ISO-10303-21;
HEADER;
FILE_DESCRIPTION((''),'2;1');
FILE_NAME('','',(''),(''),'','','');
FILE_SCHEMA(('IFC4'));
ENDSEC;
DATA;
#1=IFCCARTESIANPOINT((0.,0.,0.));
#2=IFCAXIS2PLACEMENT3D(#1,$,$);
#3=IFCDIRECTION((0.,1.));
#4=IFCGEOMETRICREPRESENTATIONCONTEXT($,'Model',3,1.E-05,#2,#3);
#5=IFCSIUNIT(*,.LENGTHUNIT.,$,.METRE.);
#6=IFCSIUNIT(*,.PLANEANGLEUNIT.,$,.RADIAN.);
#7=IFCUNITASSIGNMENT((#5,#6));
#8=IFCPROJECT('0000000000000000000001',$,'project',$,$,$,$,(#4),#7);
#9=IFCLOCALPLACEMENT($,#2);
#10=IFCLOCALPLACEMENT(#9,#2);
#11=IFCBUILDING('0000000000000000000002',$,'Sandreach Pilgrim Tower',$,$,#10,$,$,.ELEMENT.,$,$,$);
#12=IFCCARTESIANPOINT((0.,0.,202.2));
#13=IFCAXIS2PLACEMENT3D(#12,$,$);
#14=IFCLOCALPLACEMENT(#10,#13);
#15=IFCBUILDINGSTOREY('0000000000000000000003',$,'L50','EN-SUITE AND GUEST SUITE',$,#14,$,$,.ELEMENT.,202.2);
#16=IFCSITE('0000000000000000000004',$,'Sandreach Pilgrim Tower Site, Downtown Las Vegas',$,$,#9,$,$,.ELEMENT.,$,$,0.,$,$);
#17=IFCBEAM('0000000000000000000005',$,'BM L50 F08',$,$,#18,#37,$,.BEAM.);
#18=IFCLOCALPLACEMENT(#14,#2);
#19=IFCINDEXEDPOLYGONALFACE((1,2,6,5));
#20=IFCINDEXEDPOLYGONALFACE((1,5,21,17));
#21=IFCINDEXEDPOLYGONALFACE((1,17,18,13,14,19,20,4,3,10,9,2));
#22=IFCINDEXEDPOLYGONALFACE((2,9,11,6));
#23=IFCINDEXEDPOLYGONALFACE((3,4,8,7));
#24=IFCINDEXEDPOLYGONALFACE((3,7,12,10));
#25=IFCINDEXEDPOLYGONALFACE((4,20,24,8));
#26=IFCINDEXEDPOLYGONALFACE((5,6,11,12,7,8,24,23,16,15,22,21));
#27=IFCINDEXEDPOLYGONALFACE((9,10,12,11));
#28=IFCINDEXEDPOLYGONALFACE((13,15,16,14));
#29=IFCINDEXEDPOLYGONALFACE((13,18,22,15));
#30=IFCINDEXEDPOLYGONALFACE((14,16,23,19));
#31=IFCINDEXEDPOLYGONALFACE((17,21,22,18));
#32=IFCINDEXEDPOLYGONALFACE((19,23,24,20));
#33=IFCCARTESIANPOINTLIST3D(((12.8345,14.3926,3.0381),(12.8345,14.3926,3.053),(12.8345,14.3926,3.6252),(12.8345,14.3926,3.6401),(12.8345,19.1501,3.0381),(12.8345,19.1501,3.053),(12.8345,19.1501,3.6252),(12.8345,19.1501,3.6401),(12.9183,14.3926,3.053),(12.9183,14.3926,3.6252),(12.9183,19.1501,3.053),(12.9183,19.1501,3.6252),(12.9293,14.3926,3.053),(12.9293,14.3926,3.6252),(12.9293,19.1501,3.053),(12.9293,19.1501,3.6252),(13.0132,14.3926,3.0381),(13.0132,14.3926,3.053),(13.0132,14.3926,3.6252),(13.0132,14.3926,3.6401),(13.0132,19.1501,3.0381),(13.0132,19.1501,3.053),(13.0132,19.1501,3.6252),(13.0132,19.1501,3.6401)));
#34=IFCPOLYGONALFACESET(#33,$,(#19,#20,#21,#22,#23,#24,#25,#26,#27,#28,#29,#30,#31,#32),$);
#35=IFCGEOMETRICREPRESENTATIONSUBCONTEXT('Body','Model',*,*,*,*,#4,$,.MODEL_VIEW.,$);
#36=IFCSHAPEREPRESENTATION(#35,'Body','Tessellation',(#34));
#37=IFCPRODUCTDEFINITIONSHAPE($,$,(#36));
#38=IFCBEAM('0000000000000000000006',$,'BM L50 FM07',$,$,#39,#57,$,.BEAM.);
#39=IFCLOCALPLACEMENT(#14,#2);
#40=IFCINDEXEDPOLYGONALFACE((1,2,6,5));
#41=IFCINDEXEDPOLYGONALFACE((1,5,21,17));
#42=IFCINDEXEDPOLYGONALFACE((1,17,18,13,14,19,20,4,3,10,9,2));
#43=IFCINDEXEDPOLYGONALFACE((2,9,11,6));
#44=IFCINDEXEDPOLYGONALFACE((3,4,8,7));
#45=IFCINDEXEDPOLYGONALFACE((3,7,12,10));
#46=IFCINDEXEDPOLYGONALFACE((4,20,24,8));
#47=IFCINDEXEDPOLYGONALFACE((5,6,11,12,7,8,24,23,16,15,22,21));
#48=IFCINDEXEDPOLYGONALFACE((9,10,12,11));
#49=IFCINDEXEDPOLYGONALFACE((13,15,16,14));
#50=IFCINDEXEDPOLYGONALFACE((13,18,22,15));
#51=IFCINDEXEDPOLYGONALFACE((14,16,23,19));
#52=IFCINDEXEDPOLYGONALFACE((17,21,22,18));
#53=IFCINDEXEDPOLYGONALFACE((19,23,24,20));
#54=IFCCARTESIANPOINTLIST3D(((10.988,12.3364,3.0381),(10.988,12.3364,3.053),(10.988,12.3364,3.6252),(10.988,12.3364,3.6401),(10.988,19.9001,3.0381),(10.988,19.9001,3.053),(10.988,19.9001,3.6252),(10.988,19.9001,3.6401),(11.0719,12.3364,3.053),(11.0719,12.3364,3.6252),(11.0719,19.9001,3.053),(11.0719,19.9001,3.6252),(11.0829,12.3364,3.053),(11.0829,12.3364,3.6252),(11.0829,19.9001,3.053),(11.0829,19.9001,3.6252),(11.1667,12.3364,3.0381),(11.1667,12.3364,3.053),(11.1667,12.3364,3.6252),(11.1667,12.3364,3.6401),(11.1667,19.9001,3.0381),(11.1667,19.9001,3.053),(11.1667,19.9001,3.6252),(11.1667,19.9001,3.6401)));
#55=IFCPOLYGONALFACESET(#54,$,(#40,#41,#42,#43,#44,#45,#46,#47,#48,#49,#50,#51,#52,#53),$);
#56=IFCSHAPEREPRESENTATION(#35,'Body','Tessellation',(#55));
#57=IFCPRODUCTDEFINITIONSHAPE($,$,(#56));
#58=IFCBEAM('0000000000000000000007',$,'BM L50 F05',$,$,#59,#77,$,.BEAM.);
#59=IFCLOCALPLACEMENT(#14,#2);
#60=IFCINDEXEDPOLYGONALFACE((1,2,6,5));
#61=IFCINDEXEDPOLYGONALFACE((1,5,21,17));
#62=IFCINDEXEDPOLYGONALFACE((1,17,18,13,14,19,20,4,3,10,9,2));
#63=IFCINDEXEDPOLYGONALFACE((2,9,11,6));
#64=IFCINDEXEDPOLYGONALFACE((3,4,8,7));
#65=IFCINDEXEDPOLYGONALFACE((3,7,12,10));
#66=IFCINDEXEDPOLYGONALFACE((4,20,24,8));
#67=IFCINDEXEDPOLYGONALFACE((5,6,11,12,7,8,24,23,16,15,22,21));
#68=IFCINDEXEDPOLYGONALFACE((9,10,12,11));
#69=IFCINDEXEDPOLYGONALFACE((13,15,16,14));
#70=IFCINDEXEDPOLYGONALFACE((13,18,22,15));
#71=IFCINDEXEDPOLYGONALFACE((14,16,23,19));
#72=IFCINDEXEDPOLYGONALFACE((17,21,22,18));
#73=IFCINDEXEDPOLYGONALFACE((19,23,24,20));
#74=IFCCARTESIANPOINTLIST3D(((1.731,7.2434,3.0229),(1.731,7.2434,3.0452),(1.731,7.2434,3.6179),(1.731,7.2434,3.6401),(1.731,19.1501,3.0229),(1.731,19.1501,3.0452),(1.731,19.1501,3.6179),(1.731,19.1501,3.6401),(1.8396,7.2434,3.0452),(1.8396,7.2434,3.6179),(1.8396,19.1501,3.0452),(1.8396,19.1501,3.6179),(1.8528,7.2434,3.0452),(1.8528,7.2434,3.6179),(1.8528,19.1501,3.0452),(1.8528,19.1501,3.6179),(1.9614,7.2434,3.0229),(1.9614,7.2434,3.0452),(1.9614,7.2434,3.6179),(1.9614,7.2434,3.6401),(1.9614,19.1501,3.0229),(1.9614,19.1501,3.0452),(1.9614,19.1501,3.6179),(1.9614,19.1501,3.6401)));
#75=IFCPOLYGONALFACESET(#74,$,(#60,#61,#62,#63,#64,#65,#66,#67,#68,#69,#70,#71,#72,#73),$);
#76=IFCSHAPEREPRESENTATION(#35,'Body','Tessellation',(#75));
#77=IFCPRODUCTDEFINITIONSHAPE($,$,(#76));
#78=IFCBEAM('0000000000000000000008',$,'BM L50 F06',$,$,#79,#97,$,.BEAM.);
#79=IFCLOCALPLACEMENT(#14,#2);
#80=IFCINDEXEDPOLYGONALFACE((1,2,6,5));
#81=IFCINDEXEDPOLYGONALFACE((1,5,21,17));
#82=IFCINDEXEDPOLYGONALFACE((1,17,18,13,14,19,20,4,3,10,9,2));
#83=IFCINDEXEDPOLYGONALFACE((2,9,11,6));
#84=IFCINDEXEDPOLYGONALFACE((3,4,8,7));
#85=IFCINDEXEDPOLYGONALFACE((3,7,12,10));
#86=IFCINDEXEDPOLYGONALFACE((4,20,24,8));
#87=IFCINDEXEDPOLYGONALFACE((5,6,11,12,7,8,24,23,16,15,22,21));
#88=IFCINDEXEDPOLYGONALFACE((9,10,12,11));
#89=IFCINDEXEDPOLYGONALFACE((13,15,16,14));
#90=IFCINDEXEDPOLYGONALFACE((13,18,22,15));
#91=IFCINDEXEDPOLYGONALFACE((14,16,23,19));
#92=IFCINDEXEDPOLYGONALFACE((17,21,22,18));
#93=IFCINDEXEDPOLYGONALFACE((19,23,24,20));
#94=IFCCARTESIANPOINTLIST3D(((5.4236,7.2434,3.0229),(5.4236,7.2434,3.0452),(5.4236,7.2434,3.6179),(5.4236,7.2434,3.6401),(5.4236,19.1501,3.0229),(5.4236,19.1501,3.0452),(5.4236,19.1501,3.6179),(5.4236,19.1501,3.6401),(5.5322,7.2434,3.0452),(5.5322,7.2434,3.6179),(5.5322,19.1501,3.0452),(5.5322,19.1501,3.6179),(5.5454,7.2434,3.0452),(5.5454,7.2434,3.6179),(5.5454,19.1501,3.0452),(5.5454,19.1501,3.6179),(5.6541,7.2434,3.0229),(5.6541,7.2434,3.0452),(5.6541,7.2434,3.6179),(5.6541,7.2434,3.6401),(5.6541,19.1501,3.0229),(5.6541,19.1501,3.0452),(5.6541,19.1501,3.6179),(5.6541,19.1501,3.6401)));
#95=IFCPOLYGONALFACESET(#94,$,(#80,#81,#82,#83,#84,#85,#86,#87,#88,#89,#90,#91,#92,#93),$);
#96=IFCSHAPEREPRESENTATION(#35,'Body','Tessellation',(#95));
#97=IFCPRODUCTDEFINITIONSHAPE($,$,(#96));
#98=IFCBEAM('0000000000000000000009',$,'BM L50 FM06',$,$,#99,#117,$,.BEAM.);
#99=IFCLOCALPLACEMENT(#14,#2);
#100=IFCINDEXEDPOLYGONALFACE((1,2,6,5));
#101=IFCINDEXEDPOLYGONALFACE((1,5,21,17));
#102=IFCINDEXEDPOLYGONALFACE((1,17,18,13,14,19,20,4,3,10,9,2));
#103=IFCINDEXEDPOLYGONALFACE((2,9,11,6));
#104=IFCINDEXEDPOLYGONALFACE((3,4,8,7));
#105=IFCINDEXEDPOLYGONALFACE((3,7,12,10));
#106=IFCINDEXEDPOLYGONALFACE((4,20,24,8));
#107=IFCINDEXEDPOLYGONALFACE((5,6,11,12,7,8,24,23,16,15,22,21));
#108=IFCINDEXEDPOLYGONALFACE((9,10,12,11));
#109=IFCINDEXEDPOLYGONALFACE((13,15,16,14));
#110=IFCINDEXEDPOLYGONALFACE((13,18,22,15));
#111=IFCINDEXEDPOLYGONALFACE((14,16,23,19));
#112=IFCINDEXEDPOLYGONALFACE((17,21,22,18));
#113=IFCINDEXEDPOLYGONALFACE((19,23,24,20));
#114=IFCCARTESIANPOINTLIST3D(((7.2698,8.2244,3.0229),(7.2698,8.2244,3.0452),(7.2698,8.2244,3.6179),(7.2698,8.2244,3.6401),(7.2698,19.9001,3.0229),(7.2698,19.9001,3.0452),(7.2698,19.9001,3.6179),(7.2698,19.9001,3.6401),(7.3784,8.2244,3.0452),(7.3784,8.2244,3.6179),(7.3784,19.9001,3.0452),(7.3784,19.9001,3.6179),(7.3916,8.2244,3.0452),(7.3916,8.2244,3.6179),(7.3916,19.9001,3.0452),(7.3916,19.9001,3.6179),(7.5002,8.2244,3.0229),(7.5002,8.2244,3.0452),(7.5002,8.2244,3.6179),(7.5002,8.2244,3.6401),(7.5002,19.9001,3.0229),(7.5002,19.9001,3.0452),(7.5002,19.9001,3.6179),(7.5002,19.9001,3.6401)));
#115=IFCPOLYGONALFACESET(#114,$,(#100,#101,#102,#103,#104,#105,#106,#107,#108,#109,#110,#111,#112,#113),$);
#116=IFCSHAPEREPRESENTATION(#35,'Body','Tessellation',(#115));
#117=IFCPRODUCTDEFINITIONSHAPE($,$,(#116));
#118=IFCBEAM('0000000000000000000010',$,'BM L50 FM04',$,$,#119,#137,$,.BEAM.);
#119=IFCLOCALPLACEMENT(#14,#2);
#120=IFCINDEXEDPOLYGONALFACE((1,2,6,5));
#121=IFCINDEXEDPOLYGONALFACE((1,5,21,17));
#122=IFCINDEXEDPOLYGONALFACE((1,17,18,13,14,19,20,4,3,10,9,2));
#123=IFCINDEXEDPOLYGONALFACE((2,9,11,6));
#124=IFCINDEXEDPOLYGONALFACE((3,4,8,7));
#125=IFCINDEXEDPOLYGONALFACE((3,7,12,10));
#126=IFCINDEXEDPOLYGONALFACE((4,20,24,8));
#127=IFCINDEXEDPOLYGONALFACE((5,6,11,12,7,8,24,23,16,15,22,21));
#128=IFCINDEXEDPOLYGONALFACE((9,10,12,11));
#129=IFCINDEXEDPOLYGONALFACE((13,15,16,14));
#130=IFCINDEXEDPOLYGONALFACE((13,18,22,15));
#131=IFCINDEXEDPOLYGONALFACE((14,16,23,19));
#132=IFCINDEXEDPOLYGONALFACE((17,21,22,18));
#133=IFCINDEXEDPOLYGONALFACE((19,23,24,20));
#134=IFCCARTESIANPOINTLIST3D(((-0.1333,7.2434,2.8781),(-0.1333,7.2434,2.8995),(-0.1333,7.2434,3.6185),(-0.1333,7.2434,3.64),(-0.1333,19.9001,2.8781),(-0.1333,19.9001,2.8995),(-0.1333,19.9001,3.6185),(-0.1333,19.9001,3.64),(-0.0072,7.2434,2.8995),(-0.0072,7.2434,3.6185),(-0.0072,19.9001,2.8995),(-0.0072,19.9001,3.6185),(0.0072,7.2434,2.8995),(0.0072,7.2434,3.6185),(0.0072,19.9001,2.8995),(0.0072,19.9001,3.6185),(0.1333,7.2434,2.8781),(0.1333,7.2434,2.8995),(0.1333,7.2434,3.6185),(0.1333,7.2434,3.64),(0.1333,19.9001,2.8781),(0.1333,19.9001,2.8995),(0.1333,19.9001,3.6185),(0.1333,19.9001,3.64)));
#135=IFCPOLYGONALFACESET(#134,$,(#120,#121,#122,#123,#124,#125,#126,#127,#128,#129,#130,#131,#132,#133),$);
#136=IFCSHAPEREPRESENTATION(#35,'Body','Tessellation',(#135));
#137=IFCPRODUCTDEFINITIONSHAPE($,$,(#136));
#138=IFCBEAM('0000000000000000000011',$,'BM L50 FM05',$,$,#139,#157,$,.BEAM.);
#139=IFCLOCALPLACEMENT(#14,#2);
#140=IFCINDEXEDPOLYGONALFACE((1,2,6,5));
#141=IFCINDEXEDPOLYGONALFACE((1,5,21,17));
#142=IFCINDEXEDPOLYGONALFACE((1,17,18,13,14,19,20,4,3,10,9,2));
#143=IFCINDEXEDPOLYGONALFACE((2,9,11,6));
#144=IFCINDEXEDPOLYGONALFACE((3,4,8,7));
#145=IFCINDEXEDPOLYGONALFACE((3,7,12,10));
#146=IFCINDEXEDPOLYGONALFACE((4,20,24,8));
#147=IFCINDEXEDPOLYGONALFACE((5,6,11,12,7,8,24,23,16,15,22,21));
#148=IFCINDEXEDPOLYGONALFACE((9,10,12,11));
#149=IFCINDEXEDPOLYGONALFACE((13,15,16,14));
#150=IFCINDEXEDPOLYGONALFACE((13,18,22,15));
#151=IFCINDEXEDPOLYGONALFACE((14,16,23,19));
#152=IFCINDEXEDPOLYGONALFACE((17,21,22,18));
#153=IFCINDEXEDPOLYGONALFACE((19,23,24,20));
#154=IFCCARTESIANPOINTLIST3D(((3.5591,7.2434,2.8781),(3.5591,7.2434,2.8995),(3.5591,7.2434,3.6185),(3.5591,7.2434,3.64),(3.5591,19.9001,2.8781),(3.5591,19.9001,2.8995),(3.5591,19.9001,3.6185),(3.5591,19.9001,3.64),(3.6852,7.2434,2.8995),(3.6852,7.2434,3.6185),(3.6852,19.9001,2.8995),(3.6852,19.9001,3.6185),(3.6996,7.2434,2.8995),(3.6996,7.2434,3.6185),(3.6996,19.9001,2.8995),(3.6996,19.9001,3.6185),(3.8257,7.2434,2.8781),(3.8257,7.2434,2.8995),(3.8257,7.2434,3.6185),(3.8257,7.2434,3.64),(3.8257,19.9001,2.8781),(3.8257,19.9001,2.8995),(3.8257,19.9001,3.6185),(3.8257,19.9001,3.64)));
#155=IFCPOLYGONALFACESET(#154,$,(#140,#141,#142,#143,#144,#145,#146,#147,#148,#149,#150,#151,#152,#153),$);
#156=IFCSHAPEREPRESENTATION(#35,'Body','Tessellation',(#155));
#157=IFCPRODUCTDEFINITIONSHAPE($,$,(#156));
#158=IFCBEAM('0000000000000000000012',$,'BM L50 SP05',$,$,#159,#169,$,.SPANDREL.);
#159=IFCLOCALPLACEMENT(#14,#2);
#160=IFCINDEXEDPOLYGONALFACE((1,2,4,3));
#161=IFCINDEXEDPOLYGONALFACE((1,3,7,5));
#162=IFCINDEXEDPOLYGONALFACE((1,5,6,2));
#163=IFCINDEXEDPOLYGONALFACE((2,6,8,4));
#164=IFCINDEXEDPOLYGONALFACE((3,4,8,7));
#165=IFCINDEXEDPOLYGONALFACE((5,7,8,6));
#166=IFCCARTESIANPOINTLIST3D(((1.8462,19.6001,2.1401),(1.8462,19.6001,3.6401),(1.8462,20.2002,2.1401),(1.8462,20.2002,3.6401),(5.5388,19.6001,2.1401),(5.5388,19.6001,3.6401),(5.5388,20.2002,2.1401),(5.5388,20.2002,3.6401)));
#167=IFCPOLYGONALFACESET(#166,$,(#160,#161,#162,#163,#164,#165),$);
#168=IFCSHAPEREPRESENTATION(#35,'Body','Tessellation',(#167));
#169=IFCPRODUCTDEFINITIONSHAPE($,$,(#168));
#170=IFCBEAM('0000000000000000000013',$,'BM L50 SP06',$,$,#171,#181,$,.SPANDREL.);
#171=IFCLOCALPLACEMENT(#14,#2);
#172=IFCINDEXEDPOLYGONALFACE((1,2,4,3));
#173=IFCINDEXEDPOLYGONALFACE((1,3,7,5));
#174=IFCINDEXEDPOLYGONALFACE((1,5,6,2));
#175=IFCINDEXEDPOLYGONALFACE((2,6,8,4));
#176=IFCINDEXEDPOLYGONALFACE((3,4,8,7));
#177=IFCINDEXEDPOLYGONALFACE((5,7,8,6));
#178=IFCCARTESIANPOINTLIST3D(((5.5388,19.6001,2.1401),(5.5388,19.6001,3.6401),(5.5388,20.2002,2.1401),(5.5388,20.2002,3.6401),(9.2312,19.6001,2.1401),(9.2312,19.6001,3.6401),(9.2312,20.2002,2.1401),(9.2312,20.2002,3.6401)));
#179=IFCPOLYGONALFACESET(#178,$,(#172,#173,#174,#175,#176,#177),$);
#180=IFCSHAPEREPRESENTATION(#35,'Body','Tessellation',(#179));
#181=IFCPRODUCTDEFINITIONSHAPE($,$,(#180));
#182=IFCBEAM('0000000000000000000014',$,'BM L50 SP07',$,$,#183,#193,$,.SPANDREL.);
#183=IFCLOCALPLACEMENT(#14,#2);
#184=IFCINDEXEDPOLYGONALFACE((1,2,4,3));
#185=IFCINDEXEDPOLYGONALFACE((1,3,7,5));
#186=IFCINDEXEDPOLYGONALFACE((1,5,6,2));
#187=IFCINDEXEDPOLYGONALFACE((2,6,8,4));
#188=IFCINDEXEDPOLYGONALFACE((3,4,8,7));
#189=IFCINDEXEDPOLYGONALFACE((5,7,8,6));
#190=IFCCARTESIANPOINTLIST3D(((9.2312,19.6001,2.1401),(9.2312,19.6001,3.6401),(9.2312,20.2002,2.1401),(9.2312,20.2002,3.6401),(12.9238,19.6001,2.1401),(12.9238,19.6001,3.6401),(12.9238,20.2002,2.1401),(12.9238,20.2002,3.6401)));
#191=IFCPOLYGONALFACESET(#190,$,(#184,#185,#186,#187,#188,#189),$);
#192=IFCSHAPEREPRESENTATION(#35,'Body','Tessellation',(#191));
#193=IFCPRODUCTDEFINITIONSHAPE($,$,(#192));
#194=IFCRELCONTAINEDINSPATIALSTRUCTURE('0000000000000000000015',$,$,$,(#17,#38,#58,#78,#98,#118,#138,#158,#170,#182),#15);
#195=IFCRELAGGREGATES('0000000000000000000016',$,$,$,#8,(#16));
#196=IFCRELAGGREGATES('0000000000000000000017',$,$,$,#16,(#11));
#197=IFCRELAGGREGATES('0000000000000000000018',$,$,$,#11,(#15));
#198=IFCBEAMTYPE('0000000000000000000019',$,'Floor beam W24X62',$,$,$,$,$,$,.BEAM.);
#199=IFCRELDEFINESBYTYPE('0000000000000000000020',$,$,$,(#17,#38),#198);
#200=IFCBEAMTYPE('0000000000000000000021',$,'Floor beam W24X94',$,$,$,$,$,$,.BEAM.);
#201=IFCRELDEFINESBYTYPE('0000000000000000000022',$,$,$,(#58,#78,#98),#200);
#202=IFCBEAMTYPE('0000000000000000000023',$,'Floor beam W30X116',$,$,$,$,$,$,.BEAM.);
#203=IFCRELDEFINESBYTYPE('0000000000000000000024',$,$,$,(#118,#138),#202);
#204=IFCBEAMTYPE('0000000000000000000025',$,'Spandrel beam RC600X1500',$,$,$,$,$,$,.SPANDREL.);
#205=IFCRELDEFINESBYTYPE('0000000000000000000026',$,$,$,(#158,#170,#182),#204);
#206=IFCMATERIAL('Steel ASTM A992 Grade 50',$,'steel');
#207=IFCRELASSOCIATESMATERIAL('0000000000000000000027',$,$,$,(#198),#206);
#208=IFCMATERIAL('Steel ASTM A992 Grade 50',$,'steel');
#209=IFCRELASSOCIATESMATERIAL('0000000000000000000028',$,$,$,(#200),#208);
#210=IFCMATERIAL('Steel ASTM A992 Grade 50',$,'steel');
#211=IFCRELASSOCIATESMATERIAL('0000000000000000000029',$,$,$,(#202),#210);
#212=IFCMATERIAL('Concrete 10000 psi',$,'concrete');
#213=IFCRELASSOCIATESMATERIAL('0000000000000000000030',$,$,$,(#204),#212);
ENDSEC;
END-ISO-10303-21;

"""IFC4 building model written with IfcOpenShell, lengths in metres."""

from ifc_helpers import new_model, si_unit, direction, frame, origin, origin_2d, place, context, subcontext, project, spatial, rectangle, i_section, extrude, material, material_profile, profile_set, type_object, element, save


model = new_model("IFC4")

# Units and contexts
model_context = context("Model", 3, precision=1e-05, world=origin(), true_north=direction((0.0, 1.0)))
body_context = subcontext(model_context, "Body", "Model", "MODEL_VIEW")
ifc_project = project(units=[si_unit("LENGTHUNIT", "METRE"), si_unit("PLANEANGLEUNIT", "RADIAN")], contexts=[model_context])

# Site, building, storey
site_placement = place(None, origin())
site = spatial("IfcSite", under=ifc_project, at=site_placement, Name="Sandreach Pilgrim Tower Site, Downtown Las Vegas", CompositionType="ELEMENT", RefElevation=0.0)
building_placement = place(site_placement, origin())
building = spatial("IfcBuilding", under=site, at=building_placement, Name="Sandreach Pilgrim Tower", CompositionType="ELEMENT")
storey_placement = place(building_placement, frame((0.0, 0.0, 202.2)))
storey = spatial("IfcBuildingStorey", under=building, at=storey_placement, Name="L50", Description="EN-SUITE AND GUEST SUITE", CompositionType="ELEMENT", Elevation=202.2)

# Beams
ifc_material_1 = material(Name="Steel ASTM A992 Grade 50", Category="steel")
ifc_material_profile_1 = material_profile(ifc_material_1, i_section(OverallWidth=0.1787, OverallDepth=0.6021, WebThickness=0.011, FlangeThickness=0.0149, at=origin_2d()), Name="W24X62")
ifc_profile_set_1 = profile_set([ifc_material_profile_1], Name="Steel ASTM A992 Grade 50")
beam_type_1 = type_object("IfcBeamType", Name="Floor beam W24X62", PredefinedType="BEAM", material=ifc_profile_set_1)
beam_1_placement = place(storey_placement, frame((12.9238, 19.1501, 3.3391), z_axis=(0.0, -1.0, 0.0), x_axis=(1.0, 0.0, 0.0)))
element("IfcBeam", 1, at=beam_1_placement, inside=storey, type_object=beam_type_1, Name="BM L50 F08", PredefinedType="BEAM", context=body_context, shape_type="SweptSolid", body=[
    extrude(i_section(OverallWidth=0.1787, OverallDepth=0.6021, WebThickness=0.011, FlangeThickness=0.0149, at=origin_2d()), origin(), (0.0, 0.0, 1.0), 4.7576),
])
beam_2_placement = place(storey_placement, frame((11.0774, 19.9001, 3.3391), z_axis=(0.0, -1.0, 0.0), x_axis=(1.0, 0.0, 0.0)))
element("IfcBeam", 2, at=beam_2_placement, inside=storey, type_object=beam_type_1, Name="BM L50 FM07", PredefinedType="BEAM", context=body_context, shape_type="SweptSolid", body=[
    extrude(i_section(OverallWidth=0.1787, OverallDepth=0.6021, WebThickness=0.011, FlangeThickness=0.0149, at=origin_2d()), origin(), (0.0, 0.0, 1.0), 7.5637),
])
ifc_material_2 = material(Name="Steel ASTM A992 Grade 50", Category="steel")
ifc_material_profile_2 = material_profile(ifc_material_2, i_section(OverallWidth=0.2305, OverallDepth=0.6172, WebThickness=0.0132, FlangeThickness=0.0222, at=origin_2d()), Name="W24X94")
ifc_profile_set_2 = profile_set([ifc_material_profile_2], Name="Steel ASTM A992 Grade 50")
beam_type_2 = type_object("IfcBeamType", Name="Floor beam W24X94", PredefinedType="BEAM", material=ifc_profile_set_2)
for number, where, z_axis, x_axis, name in (
    (3, (1.8462, 19.1501, 3.3315), (0.0, -1.0, 0.0), (1.0, 0.0, 0.0), "BM L50 F05"),
    (4, (5.5388, 19.1501, 3.3315), (0.0, -1.0, 0.0), (1.0, 0.0, 0.0), "BM L50 F06"),
):
    element("IfcBeam", number, at=place(storey_placement, frame(where, z_axis=z_axis, x_axis=x_axis)), inside=storey, type_object=beam_type_2, Name=name, PredefinedType="BEAM", context=body_context, shape_type="SweptSolid", body=[
        extrude(i_section(OverallWidth=0.2305, OverallDepth=0.6172, WebThickness=0.0132, FlangeThickness=0.0222, at=origin_2d()), origin(), (0.0, 0.0, 1.0), 11.9067),
    ])
beam_3_placement = place(storey_placement, frame((7.385, 19.9001, 3.3315), z_axis=(0.0, -1.0, 0.0), x_axis=(1.0, 0.0, 0.0)))
element("IfcBeam", 5, at=beam_3_placement, inside=storey, type_object=beam_type_2, Name="BM L50 FM06", PredefinedType="BEAM", context=body_context, shape_type="SweptSolid", body=[
    extrude(i_section(OverallWidth=0.2305, OverallDepth=0.6172, WebThickness=0.0132, FlangeThickness=0.0222, at=origin_2d()), origin(), (0.0, 0.0, 1.0), 11.6758),
])
ifc_material_3 = material(Name="Steel ASTM A992 Grade 50", Category="steel")
ifc_material_profile_3 = material_profile(ifc_material_3, i_section(OverallWidth=0.2666, OverallDepth=0.762, WebThickness=0.0144, FlangeThickness=0.0215, at=origin_2d()), Name="W30X116")
ifc_profile_set_3 = profile_set([ifc_material_profile_3], Name="Steel ASTM A992 Grade 50")
beam_type_3 = type_object("IfcBeamType", Name="Floor beam W30X116", PredefinedType="BEAM", material=ifc_profile_set_3)
for number, where, z_axis, x_axis, name in (
    (6, (0.0, 19.9001, 3.259), (0.0, -1.0, 0.0), (1.0, 0.0, 0.0), "BM L50 FM04"),
    (7, (3.6924, 19.9001, 3.259), (0.0, -1.0, 0.0), (1.0, 0.0, 0.0), "BM L50 FM05"),
):
    element("IfcBeam", number, at=place(storey_placement, frame(where, z_axis=z_axis, x_axis=x_axis)), inside=storey, type_object=beam_type_3, Name=name, PredefinedType="BEAM", context=body_context, shape_type="SweptSolid", body=[
        extrude(i_section(OverallWidth=0.2666, OverallDepth=0.762, WebThickness=0.0144, FlangeThickness=0.0215, at=origin_2d()), origin(), (0.0, 0.0, 1.0), 12.6567),
    ])
ifc_material_4 = material(Name="Concrete 10000 psi", Category="concrete")
ifc_material_profile_4 = material_profile(ifc_material_4, rectangle(XDim=0.6001, YDim=1.5, at=origin_2d()), Name="RC600X1500")
ifc_profile_set_4 = profile_set([ifc_material_profile_4], Name="Concrete 10000 psi")
beam_type_4 = type_object("IfcBeamType", Name="Spandrel beam RC600X1500", PredefinedType="SPANDREL", material=ifc_profile_set_4)
beam_4_placement = place(storey_placement, frame((1.8462, 19.9001, 2.8901), z_axis=(1.0, 0.0, 0.0), x_axis=(0.0, 1.0, 0.0)))
element("IfcBeam", 8, at=beam_4_placement, inside=storey, type_object=beam_type_4, Name="BM L50 SP05", PredefinedType="SPANDREL", context=body_context, shape_type="SweptSolid", body=[
    extrude(rectangle(XDim=0.6001, YDim=1.5, at=origin_2d()), origin(), (0.0, 0.0, 1.0), 3.6926),
])
beam_5_placement = place(storey_placement, frame((5.5388, 19.9001, 2.8901), z_axis=(1.0, 0.0, 0.0), x_axis=(0.0, 1.0, 0.0)))
element("IfcBeam", 9, at=beam_5_placement, inside=storey, type_object=beam_type_4, Name="BM L50 SP06", PredefinedType="SPANDREL", context=body_context, shape_type="SweptSolid", body=[
    extrude(rectangle(XDim=0.6001, YDim=1.5, at=origin_2d()), origin(), (0.0, 0.0, 1.0), 3.6924),
])
beam_6_placement = place(storey_placement, frame((9.2312, 19.9001, 2.8901), z_axis=(1.0, 0.0, 0.0), x_axis=(0.0, 1.0, 0.0)))
element("IfcBeam", 10, at=beam_6_placement, inside=storey, type_object=beam_type_4, Name="BM L50 SP07", PredefinedType="SPANDREL", context=body_context, shape_type="SweptSolid", body=[
    extrude(rectangle(XDim=0.6001, YDim=1.5, at=origin_2d()), origin(), (0.0, 0.0, 1.0), 3.6926),
])

save(model, "model.ifc")
